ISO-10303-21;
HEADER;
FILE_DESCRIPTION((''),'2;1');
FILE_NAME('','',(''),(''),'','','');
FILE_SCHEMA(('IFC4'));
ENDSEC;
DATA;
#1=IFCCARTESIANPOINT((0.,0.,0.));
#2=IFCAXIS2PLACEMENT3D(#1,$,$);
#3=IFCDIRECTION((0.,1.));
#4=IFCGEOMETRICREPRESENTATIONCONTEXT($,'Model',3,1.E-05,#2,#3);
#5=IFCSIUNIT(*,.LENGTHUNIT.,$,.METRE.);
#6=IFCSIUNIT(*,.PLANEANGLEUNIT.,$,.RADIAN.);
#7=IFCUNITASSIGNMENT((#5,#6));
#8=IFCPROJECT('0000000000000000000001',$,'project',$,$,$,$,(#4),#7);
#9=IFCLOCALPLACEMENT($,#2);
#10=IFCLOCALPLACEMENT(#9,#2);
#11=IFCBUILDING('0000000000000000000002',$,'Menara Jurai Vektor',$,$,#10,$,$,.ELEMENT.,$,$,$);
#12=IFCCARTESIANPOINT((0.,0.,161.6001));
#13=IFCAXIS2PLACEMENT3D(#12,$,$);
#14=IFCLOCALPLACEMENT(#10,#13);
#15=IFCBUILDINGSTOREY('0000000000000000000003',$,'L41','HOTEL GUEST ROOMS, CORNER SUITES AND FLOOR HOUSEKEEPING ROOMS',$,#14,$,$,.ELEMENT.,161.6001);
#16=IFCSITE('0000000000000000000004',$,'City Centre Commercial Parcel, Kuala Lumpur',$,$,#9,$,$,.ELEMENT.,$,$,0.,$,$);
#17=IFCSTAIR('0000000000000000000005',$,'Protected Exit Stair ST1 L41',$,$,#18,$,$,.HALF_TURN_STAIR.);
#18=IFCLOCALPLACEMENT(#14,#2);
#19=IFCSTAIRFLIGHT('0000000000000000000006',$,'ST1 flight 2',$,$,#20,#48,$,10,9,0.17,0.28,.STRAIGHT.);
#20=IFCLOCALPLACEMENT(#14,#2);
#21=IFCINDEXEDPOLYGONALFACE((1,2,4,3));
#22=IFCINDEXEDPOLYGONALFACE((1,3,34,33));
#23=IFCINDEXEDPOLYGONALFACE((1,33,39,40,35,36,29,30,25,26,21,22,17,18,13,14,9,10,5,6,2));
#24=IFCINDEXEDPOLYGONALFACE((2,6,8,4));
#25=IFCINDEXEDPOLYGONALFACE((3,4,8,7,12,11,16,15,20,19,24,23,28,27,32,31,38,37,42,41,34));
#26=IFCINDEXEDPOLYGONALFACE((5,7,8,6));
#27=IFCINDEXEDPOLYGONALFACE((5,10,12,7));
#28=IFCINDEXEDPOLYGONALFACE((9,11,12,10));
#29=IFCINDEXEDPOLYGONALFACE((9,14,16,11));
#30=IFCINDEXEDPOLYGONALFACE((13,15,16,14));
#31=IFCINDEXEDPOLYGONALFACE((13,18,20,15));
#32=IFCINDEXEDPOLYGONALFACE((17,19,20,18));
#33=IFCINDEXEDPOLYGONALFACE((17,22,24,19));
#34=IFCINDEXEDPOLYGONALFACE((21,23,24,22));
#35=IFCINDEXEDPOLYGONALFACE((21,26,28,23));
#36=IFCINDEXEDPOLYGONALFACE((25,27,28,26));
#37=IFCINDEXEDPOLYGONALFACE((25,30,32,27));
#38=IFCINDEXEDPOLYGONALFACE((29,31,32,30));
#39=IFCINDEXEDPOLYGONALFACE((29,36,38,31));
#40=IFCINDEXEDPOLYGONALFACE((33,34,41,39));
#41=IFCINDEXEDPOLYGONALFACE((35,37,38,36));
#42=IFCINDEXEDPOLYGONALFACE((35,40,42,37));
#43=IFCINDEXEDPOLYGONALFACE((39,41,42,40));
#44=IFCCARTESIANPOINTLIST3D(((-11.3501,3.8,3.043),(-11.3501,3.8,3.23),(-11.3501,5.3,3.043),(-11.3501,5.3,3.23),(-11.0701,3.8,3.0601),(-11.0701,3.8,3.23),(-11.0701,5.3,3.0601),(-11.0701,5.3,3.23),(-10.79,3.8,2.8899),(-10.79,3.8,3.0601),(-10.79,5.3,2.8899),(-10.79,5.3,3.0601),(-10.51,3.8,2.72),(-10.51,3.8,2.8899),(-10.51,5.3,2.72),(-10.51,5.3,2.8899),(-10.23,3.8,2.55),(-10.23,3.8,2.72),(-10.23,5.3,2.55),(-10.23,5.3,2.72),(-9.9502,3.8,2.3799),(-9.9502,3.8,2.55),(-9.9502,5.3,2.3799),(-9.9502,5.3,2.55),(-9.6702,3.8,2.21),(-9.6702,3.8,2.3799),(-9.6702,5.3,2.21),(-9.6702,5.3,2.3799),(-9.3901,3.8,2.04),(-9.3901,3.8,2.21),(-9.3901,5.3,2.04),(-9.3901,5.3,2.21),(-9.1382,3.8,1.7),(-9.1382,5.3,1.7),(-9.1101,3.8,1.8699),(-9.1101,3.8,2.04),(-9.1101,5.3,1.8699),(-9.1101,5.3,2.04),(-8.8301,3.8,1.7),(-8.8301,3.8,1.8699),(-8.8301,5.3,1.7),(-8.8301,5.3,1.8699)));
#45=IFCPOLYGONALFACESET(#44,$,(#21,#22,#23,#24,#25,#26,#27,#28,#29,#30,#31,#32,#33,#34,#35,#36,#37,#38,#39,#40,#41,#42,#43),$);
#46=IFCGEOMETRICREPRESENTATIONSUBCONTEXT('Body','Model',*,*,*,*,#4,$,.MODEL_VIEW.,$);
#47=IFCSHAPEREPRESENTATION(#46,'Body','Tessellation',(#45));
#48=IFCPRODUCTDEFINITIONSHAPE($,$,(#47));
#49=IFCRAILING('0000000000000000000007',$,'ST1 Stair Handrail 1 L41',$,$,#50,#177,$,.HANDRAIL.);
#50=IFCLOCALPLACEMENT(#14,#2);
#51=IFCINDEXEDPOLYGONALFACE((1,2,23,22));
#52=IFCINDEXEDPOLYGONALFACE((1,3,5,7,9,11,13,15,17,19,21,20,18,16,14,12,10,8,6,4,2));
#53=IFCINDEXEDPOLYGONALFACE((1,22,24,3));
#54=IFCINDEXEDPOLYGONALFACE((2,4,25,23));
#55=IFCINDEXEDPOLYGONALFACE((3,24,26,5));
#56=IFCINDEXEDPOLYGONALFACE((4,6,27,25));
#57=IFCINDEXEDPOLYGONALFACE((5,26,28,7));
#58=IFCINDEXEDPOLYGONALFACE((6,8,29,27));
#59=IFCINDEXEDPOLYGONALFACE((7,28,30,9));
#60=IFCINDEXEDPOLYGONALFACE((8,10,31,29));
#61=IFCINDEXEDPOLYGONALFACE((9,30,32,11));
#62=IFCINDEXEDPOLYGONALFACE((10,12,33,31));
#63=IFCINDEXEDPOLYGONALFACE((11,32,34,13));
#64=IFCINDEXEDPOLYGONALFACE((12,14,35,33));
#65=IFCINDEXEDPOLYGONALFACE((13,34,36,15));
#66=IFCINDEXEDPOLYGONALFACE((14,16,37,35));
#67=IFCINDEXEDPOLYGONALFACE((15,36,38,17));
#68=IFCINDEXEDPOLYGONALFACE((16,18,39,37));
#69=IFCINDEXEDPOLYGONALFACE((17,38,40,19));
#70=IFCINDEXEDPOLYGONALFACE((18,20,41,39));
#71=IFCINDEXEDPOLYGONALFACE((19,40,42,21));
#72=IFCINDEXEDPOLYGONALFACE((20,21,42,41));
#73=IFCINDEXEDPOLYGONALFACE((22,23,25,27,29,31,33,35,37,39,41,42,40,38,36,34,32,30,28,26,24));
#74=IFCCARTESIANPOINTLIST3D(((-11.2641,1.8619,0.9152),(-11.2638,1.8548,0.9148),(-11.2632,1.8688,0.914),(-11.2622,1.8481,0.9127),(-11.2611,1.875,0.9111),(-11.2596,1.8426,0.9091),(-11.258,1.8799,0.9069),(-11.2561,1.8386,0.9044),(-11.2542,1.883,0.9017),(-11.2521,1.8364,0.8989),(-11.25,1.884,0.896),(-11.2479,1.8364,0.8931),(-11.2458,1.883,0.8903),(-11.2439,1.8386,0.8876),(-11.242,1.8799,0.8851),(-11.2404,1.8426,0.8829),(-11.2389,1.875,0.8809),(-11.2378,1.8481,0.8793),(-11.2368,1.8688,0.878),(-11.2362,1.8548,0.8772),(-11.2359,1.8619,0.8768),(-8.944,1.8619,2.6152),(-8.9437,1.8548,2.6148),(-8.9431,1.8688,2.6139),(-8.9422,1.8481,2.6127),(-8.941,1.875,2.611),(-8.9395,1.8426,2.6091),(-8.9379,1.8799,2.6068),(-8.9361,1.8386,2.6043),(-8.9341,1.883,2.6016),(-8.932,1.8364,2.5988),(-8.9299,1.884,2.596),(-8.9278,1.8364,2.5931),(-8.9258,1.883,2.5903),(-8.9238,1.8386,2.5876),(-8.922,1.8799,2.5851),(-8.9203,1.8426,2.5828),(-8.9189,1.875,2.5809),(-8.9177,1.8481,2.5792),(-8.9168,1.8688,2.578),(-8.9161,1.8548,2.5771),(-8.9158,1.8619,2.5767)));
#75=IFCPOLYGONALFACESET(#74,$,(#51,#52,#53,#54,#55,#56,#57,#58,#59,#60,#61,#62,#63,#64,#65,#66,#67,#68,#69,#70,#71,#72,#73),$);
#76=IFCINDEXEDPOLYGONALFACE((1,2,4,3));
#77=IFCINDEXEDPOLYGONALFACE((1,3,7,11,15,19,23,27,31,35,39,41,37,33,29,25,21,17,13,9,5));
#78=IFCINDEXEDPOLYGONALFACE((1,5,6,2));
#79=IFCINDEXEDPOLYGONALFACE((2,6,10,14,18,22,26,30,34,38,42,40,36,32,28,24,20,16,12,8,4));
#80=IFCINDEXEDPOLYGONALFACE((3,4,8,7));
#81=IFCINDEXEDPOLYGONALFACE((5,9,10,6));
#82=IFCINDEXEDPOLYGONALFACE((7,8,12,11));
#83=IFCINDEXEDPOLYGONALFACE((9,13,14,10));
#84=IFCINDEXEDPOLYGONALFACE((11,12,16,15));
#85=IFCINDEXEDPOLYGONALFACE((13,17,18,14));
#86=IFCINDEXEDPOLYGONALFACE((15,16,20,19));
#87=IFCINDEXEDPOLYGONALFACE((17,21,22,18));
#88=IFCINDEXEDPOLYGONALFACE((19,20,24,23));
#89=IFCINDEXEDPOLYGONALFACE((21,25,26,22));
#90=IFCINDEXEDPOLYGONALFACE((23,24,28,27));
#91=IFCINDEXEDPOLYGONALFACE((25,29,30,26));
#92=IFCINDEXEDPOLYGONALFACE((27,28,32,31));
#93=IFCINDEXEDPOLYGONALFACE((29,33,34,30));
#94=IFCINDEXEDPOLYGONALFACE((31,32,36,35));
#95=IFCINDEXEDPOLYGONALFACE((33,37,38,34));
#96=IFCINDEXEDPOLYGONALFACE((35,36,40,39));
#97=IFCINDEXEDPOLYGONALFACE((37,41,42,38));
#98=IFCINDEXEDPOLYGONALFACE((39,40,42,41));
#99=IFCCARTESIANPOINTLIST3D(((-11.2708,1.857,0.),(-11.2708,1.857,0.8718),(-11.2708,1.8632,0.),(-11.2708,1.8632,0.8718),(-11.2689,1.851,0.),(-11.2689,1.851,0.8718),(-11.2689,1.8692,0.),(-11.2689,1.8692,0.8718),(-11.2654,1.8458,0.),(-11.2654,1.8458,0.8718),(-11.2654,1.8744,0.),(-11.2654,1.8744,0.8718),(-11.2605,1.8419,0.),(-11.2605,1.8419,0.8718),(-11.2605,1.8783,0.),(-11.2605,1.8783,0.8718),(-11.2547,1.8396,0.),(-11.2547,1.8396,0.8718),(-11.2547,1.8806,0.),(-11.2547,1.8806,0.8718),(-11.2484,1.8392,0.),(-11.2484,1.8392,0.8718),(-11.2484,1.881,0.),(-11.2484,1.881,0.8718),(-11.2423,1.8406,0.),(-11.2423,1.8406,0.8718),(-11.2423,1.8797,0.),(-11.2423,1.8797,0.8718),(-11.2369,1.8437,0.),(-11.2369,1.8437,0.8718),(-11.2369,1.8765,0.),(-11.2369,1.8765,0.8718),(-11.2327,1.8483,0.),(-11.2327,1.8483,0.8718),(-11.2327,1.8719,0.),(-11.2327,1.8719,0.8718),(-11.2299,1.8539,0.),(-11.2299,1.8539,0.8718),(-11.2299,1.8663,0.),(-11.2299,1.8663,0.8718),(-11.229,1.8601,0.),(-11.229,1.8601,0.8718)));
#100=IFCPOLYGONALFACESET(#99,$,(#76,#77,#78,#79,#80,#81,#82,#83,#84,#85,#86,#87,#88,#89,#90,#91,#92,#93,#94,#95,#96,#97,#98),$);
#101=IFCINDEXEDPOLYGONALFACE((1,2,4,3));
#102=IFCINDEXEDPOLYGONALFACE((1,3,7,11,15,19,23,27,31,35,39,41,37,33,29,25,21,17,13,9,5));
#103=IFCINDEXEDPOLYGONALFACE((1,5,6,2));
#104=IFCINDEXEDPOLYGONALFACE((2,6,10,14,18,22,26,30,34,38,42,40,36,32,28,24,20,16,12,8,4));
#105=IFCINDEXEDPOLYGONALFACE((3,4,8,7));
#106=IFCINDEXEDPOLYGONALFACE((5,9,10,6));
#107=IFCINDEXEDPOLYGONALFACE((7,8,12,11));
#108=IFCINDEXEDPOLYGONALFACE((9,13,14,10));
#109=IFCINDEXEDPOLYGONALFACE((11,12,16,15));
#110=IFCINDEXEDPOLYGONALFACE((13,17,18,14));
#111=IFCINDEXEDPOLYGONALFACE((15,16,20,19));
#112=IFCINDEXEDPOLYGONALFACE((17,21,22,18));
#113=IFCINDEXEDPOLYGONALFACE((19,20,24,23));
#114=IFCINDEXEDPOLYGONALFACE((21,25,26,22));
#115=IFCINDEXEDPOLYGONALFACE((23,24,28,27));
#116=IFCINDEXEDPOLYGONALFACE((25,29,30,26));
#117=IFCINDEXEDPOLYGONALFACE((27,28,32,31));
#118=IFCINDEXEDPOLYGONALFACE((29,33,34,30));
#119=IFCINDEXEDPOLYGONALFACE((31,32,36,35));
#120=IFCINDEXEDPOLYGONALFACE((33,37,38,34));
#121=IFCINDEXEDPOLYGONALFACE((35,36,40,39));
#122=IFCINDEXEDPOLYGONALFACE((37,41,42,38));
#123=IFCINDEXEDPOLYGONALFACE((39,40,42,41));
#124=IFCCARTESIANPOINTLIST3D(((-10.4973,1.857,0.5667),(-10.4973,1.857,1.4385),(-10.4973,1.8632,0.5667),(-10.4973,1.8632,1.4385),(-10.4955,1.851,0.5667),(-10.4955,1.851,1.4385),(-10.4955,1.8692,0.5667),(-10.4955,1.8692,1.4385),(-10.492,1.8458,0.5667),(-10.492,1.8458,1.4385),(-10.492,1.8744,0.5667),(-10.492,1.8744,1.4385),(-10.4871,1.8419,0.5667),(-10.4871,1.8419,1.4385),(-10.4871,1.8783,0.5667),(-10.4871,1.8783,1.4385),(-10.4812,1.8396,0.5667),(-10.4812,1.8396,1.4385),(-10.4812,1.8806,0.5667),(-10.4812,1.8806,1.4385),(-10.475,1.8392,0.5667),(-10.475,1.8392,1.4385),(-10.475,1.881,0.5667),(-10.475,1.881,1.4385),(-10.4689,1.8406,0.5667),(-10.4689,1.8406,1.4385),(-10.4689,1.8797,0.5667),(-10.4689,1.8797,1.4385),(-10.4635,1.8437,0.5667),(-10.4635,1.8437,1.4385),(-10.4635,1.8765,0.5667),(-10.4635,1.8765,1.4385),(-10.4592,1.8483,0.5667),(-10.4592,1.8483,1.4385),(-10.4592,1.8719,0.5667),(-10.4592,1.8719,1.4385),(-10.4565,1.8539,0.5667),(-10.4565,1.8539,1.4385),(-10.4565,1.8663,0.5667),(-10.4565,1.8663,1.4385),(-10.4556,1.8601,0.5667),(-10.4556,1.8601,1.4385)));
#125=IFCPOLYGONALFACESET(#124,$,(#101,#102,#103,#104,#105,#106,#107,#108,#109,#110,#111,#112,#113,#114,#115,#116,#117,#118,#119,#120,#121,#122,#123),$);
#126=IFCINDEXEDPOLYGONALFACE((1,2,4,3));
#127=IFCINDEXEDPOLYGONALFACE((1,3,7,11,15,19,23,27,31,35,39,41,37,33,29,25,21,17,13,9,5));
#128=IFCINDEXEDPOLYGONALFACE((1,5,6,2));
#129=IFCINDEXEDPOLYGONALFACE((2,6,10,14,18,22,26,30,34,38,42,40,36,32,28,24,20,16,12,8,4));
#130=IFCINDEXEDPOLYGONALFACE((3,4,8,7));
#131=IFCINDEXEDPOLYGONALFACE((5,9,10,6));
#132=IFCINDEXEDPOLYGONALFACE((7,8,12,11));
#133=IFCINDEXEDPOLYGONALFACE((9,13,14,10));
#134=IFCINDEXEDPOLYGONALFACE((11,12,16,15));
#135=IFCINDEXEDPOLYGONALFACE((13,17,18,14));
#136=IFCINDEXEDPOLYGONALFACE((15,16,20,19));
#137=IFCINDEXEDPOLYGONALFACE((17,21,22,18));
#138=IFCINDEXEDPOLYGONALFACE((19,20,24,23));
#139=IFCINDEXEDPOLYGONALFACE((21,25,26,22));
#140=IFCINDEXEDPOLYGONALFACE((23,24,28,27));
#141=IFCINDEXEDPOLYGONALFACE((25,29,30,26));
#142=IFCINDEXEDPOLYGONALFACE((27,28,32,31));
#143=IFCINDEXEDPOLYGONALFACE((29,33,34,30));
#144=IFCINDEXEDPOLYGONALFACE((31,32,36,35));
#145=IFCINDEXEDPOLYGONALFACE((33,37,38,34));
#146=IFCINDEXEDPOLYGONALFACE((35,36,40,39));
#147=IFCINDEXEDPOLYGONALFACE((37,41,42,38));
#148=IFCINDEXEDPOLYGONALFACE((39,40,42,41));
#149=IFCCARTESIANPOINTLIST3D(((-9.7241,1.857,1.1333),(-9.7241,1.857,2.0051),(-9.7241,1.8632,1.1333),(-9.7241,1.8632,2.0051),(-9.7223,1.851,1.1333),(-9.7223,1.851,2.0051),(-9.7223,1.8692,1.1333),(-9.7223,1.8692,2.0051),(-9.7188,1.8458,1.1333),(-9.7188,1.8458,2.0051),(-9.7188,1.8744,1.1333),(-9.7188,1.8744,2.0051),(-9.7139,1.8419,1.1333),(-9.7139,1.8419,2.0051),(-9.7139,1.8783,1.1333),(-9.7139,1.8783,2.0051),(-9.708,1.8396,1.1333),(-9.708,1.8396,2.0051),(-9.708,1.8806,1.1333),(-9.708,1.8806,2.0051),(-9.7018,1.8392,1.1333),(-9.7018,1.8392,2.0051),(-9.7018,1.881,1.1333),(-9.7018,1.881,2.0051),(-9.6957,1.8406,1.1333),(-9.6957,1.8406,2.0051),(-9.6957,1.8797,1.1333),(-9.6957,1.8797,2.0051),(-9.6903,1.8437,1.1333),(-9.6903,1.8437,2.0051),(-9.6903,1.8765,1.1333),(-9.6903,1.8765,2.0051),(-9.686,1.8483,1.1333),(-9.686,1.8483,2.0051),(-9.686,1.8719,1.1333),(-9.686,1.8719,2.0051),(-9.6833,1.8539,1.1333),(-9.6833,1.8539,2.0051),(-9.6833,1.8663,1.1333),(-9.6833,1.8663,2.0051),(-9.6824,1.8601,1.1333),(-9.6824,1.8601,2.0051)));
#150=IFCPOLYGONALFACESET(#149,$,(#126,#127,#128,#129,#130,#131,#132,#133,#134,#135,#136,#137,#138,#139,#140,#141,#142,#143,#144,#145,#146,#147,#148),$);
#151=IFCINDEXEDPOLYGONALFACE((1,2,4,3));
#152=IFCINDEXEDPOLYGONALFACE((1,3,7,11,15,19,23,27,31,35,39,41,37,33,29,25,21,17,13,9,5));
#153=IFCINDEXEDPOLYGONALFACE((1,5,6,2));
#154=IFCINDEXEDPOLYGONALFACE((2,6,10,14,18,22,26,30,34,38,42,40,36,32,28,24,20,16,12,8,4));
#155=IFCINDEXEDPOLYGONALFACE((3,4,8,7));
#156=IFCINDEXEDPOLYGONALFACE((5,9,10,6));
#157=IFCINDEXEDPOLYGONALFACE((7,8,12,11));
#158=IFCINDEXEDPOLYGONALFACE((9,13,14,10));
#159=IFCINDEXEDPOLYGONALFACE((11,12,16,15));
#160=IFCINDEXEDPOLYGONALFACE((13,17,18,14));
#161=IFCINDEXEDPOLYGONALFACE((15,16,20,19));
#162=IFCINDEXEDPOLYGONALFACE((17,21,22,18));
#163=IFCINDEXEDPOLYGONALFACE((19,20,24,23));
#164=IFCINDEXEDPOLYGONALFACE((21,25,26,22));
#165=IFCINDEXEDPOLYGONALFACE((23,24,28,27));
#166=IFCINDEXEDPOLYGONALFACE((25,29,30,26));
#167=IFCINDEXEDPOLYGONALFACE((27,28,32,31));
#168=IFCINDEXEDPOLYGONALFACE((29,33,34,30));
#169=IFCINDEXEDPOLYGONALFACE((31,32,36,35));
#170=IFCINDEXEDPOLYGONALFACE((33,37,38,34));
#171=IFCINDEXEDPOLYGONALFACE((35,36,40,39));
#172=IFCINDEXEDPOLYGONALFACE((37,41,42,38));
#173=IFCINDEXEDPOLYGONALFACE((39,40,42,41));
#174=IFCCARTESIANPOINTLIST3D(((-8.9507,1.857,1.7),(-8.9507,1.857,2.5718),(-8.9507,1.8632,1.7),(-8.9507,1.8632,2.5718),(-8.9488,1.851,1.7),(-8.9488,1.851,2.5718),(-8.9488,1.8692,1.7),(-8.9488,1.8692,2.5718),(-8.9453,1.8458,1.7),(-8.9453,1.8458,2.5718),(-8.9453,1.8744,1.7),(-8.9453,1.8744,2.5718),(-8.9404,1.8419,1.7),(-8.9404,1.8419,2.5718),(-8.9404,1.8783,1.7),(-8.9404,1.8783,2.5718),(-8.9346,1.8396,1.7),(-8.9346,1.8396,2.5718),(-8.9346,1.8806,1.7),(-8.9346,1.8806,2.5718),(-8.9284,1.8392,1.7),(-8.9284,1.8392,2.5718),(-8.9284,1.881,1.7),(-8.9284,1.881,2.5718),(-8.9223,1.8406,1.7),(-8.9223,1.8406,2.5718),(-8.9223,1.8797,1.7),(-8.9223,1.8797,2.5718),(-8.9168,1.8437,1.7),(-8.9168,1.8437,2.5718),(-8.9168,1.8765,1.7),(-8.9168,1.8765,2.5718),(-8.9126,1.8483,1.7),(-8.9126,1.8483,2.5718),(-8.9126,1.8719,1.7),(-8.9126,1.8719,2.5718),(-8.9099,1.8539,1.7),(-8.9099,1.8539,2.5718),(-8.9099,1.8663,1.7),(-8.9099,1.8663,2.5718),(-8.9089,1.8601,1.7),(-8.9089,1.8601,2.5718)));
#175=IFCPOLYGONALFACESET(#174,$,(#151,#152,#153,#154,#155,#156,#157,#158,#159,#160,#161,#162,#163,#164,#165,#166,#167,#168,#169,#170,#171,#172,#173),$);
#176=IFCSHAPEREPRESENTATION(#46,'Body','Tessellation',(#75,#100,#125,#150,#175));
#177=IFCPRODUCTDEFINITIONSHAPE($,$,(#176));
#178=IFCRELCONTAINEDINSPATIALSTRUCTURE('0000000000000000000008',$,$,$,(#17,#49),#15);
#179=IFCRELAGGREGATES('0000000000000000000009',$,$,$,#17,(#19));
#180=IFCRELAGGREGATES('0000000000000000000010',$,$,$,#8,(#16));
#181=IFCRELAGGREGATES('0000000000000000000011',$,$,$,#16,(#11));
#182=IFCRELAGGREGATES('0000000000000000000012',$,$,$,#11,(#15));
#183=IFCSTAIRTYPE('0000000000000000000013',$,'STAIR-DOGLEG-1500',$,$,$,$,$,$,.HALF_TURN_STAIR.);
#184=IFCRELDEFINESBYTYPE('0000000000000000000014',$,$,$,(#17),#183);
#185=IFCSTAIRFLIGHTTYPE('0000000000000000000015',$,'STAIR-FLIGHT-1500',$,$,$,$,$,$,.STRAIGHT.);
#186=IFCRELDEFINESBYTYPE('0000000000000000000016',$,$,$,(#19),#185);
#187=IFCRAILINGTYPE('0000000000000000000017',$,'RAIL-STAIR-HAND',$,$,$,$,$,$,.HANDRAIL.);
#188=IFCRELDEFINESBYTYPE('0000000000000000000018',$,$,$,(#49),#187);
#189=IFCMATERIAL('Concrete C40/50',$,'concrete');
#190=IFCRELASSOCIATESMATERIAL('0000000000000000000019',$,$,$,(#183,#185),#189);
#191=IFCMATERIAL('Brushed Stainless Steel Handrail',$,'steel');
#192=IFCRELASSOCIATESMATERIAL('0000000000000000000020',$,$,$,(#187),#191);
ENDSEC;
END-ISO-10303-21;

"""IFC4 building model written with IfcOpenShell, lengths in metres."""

from ifc_helpers import new_model, si_unit, direction, frame, origin, origin_2d, place, context, subcontext, project, spatial, polyline, circle, outline, extrude, material, type_object, element, aggregate, save


model = new_model("IFC4")

# Units and contexts
model_context = context("Model", 3, precision=1e-05, world=origin(), true_north=direction((0.0, 1.0)))
body_context = subcontext(model_context, "Body", "Model", "MODEL_VIEW")
ifc_project = project(units=[si_unit("LENGTHUNIT", "METRE"), si_unit("PLANEANGLEUNIT", "RADIAN")], contexts=[model_context])

# Site, building, storey
site_placement = place(None, origin())
site = spatial("IfcSite", under=ifc_project, at=site_placement, Name="City Centre Commercial Parcel, Kuala Lumpur", CompositionType="ELEMENT", RefElevation=0.0)
building_placement = place(site_placement, origin())
building = spatial("IfcBuilding", under=site, at=building_placement, Name="Menara Jurai Vektor", CompositionType="ELEMENT")
storey_placement = place(building_placement, frame((0.0, 0.0, 161.6001)))
storey = spatial("IfcBuildingStorey", under=building, at=storey_placement, Name="L41", Description="HOTEL GUEST ROOMS, CORNER SUITES AND FLOOR HOUSEKEEPING ROOMS", CompositionType="ELEMENT", Elevation=161.6001)

# Shared definitions
ifc_material_1 = material(Name="Concrete C40/50", Category="concrete")

# Stair, stair flight
stair_type = type_object("IfcStairType", Name="STAIR-DOGLEG-1500", PredefinedType="HALF_TURN_STAIR", material=ifc_material_1)
stair_placement = place(storey_placement, origin())
stair = element("IfcStair", 1, at=stair_placement, inside=storey, type_object=stair_type, Name="Protected Exit Stair ST1 L41", PredefinedType="HALF_TURN_STAIR")
stair_flight_type = type_object("IfcStairFlightType", Name="STAIR-FLIGHT-1500", PredefinedType="STRAIGHT", material=ifc_material_1)
stair_flight_1_placement = place(storey_placement, frame((-8.8301, 4.55, 1.7), z_axis=(0.0, 0.0, 1.0), x_axis=(-1.0, 0.0, 0.0)))
stair_flight_1 = element("IfcStairFlight", 2, at=stair_flight_1_placement, type_object=stair_flight_type, Name="ST1 flight 2", NumberOfRisers=10, NumberOfTreads=9, PredefinedType="STRAIGHT", RiserHeight=0.17, TreadLength=0.28, context=body_context, shape_type="SweptSolid", body=[
    extrude(outline(polyline([(0.0, 0.0), (0.0, 0.1699), (0.28, 0.1699), (0.28, 0.3401), (0.5601, 0.3401), (0.5601, 0.51), (0.8401, 0.51), (0.8401, 0.6799), (1.1201, 0.6799), (1.1201, 0.8501), (1.3999, 0.8501), (1.3999, 1.02), (1.6799, 1.02), (1.6799, 1.1899), (1.96, 1.1899), (1.96, 1.3601), (2.24, 1.3601), (2.24, 1.53), (2.52, 1.53), (2.52, 1.7), (2.52, 1.343), (0.3081, 0.0), (0.0, 0.0)])), frame((0.0, 0.75, 0.0), z_axis=(0.0, -1.0, 0.0), x_axis=(1.0, 0.0, 0.0)), (0.0, 0.0, 1.0), 1.5),
])
aggregate(stair, [stair_flight_1])

# Railing
ifc_material_2 = material(Name="Brushed Stainless Steel Handrail", Category="steel")
railing_type_1 = type_object("IfcRailingType", Name="RAIL-STAIR-HAND", PredefinedType="HANDRAIL", material=ifc_material_2)
railing_1_placement = place(storey_placement, frame((-11.25, 1.8601, 0.0)))
element("IfcRailing", 3, at=railing_1_placement, inside=storey, type_object=railing_type_1, Name="ST1 Stair Handrail 1 L41", PredefinedType="HANDRAIL", context=body_context, shape_type="SweptSolid", body=[
    extrude(circle(Radius=0.0239, at=origin_2d()), frame((0.0, 0.0, 0.896), z_axis=(0.806642, 0.0, 0.59104), x_axis=(0.0, 1.0, 0.0)), (0.0, 0.0, 1.0), 2.8762),
    extrude(circle(Radius=0.021, at=origin_2d()), origin(), (0.0, 0.0, 1.0), 0.8718),
    extrude(circle(Radius=0.021, at=origin_2d()), frame((0.7734, 0.0, 0.5667)), (0.0, 0.0, 1.0), 0.8718),
    extrude(circle(Radius=0.021, at=origin_2d()), frame((1.5466, 0.0, 1.1333)), (0.0, 0.0, 1.0), 0.8718),
    extrude(circle(Radius=0.021, at=origin_2d()), frame((2.3201, 0.0, 1.7)), (0.0, 0.0, 1.0), 0.8718),
])

save(model, "model.ifc")
